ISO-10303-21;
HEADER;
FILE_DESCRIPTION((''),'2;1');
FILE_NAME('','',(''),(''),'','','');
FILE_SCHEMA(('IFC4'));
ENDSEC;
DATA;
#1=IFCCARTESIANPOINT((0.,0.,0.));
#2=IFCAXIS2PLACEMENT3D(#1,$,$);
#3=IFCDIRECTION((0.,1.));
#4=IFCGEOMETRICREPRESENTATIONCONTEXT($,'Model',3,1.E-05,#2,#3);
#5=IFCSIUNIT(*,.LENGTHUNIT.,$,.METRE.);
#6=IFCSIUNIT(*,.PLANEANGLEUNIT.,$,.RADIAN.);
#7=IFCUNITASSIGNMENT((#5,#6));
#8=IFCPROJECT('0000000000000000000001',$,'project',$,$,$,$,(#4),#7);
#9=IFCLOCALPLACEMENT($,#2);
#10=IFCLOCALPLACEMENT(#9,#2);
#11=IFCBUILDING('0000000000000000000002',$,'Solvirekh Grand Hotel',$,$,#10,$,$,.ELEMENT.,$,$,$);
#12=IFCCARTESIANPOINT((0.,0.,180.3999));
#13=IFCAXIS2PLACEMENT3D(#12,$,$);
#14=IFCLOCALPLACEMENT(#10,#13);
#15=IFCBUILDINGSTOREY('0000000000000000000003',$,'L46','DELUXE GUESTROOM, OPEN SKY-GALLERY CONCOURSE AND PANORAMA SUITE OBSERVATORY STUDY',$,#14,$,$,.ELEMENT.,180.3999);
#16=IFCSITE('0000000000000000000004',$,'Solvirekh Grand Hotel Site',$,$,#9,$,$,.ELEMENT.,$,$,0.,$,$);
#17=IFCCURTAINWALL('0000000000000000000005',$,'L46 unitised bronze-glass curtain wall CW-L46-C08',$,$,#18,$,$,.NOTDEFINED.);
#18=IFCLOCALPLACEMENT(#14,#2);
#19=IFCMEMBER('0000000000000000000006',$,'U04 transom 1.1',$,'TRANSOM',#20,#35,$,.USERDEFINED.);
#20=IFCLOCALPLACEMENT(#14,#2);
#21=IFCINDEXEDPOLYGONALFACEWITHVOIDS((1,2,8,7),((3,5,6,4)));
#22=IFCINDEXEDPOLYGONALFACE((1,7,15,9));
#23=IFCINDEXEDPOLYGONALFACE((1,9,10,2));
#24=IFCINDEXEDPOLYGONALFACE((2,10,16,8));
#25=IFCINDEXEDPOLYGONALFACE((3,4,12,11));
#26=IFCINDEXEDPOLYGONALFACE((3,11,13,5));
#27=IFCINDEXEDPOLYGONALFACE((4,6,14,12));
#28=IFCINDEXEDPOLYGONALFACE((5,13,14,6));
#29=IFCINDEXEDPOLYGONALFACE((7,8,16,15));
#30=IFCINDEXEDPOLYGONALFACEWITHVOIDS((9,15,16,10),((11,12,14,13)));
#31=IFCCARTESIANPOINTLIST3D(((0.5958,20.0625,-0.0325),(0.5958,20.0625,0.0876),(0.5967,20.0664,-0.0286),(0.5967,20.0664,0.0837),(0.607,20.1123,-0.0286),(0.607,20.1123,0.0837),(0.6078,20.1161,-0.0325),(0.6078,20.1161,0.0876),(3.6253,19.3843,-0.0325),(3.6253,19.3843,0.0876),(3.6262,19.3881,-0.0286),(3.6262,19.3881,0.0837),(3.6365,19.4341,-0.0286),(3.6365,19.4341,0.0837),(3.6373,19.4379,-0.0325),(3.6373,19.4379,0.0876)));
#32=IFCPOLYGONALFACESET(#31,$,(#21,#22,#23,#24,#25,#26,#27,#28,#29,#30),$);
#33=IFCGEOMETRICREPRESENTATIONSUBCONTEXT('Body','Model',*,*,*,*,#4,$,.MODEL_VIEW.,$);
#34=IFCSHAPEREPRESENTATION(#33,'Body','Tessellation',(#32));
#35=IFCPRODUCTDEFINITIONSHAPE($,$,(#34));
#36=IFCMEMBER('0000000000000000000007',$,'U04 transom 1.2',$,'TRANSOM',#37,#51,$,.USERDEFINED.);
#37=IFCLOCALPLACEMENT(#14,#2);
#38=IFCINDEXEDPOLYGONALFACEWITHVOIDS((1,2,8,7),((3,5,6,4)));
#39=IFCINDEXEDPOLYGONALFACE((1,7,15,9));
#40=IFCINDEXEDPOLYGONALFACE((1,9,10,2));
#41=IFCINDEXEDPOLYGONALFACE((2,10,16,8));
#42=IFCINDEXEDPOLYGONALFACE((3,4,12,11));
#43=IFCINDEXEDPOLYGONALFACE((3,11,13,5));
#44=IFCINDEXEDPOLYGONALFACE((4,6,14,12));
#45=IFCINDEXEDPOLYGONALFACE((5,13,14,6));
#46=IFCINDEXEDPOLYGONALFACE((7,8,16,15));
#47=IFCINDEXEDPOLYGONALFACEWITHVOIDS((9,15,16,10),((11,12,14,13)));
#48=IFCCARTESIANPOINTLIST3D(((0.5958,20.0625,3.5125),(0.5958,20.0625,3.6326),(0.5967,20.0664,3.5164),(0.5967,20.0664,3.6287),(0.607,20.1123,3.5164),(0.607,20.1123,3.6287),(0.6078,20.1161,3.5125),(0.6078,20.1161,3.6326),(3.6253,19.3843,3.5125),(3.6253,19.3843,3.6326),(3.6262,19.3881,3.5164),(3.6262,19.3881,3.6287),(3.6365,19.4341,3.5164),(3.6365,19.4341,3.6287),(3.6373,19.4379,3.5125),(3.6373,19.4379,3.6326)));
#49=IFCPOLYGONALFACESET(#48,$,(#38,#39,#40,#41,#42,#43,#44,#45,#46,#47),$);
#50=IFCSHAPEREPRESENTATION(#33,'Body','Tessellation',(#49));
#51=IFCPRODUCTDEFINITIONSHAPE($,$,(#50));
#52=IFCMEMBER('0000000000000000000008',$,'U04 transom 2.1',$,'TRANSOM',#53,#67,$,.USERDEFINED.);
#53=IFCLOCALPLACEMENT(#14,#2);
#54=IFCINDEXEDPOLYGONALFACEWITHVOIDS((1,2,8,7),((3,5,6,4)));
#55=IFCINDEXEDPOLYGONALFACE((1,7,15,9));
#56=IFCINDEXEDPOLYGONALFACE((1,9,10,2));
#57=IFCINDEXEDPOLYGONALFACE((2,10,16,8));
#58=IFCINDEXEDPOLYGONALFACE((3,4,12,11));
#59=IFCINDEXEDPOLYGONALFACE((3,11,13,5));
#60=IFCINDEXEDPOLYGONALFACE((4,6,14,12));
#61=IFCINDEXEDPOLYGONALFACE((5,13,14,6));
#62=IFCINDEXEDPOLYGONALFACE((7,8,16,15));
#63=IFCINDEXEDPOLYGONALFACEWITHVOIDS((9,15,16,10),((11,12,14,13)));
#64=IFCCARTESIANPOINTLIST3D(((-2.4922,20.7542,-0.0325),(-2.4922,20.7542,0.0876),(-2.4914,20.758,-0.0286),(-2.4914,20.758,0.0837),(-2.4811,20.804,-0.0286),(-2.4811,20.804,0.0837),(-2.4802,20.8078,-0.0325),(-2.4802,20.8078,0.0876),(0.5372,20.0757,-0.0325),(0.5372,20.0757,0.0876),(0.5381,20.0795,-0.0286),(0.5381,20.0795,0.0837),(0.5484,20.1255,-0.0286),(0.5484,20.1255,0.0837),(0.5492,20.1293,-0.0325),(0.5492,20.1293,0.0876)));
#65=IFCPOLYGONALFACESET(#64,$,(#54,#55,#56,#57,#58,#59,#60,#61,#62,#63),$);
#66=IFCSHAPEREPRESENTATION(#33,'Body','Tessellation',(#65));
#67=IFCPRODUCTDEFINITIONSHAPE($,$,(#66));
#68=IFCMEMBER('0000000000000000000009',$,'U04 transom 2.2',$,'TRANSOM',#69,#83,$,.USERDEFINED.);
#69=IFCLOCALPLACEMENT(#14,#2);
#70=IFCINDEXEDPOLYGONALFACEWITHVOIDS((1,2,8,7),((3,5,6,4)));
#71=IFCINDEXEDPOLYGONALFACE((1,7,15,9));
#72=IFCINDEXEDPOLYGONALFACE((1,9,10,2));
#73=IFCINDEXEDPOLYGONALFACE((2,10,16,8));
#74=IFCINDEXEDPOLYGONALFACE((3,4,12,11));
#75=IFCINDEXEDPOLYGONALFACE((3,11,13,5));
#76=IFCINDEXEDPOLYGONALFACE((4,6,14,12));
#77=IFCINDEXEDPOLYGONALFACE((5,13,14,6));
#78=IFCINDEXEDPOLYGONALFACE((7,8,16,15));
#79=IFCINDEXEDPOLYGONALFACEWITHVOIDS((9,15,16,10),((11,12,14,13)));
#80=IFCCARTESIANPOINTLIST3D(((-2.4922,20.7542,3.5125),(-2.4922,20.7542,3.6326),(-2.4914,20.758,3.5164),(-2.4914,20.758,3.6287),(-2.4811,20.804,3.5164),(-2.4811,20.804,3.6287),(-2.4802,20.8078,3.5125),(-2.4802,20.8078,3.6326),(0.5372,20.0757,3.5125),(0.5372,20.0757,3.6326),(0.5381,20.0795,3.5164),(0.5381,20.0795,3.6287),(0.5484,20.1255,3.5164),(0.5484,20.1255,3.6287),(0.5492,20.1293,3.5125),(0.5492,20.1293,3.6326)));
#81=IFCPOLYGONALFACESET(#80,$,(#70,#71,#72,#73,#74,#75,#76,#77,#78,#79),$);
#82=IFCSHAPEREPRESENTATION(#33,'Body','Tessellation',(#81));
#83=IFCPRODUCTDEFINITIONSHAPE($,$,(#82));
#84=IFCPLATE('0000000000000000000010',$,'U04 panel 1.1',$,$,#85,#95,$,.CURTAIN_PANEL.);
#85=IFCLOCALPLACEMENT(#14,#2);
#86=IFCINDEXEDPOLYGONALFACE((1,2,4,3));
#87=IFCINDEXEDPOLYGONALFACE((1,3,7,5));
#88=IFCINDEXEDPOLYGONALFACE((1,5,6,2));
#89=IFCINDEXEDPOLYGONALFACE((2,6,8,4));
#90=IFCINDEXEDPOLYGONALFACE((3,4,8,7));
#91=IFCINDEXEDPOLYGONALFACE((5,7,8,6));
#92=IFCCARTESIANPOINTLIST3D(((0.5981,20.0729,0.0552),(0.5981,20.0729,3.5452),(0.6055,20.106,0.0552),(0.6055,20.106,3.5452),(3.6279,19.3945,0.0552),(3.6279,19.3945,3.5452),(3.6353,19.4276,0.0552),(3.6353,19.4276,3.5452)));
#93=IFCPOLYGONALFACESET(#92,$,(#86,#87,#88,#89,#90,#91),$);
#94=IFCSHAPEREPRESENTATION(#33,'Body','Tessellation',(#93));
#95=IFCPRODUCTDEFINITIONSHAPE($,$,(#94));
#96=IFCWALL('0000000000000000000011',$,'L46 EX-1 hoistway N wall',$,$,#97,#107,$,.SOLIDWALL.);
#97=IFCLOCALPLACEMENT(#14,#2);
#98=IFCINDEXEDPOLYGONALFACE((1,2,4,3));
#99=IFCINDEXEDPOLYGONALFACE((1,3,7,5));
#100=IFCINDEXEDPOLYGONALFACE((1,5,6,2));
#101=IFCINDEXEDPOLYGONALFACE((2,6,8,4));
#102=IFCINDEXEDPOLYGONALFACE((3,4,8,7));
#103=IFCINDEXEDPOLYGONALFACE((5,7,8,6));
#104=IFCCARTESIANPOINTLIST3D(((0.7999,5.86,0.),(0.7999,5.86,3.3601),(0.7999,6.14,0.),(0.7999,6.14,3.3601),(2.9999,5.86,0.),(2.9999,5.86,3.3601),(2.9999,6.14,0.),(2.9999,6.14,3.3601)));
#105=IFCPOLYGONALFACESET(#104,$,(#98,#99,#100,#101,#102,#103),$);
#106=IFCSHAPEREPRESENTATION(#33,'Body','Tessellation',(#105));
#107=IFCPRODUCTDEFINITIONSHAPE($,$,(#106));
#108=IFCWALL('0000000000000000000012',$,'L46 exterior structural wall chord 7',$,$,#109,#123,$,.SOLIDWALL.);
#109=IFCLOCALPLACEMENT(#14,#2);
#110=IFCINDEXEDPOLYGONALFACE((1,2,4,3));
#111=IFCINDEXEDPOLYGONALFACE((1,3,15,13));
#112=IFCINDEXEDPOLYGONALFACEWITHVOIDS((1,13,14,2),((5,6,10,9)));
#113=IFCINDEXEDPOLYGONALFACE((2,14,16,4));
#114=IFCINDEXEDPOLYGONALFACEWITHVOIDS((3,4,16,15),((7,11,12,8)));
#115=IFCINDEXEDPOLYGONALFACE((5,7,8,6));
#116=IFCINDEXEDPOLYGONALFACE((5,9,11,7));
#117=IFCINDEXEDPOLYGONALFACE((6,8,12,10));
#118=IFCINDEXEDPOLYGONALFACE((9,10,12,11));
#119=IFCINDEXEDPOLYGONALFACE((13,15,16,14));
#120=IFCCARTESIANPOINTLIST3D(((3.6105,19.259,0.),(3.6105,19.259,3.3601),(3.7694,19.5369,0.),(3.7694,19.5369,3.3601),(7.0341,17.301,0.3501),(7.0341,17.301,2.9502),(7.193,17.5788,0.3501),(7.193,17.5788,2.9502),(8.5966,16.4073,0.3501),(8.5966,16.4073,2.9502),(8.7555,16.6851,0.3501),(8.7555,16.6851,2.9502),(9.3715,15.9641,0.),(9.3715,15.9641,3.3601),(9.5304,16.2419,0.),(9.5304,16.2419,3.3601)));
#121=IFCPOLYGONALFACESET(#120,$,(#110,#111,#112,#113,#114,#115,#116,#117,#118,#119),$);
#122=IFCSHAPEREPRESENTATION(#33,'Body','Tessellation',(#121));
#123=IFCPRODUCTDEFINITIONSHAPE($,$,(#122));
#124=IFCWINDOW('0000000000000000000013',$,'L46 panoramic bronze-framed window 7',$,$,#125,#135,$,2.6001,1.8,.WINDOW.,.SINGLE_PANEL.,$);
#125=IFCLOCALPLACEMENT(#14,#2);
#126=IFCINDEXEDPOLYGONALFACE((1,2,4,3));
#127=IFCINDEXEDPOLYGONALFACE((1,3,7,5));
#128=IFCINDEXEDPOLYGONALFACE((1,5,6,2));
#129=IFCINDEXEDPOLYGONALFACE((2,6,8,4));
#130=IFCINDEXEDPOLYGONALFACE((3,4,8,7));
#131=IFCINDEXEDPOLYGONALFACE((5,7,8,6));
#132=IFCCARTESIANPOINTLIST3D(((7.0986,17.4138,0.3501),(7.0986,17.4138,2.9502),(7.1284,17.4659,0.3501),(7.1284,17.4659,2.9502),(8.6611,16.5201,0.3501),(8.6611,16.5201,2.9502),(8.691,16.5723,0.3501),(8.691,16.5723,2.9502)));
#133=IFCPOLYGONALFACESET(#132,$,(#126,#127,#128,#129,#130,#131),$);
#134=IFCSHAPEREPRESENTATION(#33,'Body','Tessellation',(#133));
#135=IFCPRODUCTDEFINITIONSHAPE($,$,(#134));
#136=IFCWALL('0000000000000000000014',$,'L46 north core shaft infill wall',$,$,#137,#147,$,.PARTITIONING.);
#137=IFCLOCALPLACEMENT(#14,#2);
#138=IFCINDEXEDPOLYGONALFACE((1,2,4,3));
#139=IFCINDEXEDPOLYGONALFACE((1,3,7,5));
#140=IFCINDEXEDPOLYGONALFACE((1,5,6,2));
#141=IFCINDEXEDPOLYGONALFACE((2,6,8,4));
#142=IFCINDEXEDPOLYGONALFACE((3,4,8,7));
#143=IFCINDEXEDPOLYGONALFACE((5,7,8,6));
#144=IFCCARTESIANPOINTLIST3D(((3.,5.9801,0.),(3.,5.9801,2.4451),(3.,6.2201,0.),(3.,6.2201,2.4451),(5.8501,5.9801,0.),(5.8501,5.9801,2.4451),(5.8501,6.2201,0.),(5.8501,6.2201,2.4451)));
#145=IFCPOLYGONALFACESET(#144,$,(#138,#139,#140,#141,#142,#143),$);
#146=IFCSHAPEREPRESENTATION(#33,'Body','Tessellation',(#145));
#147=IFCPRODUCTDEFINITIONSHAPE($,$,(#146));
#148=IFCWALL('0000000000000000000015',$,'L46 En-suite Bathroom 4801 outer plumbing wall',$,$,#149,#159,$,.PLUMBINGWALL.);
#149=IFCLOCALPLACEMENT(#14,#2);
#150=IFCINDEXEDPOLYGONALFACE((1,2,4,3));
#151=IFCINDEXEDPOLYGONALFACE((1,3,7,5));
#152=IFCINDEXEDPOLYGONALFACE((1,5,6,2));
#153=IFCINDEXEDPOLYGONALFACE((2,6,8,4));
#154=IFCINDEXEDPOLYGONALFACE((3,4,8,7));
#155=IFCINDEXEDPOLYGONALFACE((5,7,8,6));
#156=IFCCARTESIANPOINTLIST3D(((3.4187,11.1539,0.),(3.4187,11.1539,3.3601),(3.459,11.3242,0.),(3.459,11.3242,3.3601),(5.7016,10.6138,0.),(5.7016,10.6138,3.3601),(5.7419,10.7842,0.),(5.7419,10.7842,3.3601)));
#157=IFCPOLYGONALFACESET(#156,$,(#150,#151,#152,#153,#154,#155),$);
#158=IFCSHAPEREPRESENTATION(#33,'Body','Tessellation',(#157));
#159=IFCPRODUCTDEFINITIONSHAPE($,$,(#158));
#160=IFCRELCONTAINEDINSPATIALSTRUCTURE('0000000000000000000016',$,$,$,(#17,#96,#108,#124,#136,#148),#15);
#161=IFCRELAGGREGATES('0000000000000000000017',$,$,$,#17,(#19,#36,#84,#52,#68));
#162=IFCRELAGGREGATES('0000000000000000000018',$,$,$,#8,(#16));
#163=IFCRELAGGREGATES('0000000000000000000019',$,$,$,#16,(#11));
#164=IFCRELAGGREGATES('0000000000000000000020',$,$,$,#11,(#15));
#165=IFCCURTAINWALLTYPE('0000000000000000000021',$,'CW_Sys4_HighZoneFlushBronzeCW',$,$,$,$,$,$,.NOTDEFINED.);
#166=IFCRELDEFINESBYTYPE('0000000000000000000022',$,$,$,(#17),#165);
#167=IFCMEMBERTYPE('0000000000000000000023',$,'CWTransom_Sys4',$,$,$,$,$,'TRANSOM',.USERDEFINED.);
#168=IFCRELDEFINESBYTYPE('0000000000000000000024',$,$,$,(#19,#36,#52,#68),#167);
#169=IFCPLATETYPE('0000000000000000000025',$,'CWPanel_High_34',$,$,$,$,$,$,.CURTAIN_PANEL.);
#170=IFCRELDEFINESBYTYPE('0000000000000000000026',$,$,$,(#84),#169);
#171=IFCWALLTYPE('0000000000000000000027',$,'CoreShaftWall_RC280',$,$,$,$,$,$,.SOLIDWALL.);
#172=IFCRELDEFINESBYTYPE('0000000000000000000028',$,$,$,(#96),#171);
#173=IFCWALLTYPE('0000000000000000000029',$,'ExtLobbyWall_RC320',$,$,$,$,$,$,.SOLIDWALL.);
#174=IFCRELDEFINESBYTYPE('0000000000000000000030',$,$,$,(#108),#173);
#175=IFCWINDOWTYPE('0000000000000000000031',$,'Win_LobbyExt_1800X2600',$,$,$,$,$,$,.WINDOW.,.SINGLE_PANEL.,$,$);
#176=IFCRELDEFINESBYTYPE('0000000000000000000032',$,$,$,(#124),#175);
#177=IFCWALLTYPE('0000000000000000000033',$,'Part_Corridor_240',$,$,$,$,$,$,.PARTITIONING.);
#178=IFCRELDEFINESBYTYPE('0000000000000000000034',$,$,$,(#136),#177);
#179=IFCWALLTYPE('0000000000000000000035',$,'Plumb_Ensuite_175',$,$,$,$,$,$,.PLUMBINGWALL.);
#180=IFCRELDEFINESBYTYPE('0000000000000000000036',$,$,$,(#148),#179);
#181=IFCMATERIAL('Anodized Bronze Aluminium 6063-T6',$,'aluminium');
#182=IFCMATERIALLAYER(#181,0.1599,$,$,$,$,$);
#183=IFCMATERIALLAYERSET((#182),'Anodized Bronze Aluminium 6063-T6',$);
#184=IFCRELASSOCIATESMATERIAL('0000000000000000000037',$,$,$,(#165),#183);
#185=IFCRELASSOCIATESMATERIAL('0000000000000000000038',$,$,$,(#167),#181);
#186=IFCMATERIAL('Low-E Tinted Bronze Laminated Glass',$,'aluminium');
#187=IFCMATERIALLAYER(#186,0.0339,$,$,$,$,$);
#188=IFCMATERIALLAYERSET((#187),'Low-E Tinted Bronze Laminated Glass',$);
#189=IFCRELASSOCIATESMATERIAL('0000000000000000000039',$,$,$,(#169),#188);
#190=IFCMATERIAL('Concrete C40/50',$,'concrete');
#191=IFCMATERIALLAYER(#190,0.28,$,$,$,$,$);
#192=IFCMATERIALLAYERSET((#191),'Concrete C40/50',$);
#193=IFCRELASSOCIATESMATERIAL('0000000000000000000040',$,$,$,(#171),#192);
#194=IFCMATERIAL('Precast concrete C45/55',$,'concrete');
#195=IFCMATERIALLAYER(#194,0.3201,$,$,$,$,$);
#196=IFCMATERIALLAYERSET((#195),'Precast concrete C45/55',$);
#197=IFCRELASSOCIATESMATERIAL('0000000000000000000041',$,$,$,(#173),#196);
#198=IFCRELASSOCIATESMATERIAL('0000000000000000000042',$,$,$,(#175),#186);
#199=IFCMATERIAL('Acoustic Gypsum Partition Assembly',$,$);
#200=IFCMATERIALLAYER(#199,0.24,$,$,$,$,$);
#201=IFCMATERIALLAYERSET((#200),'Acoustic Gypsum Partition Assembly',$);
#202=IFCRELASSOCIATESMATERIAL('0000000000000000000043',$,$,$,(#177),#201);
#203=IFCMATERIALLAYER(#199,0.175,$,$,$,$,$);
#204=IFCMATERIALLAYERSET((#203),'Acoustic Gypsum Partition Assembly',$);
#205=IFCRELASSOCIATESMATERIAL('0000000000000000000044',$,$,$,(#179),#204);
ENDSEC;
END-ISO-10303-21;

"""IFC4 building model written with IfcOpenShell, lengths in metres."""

from ifc_helpers import new_model, si_unit, direction, frame, frame_2d, origin, origin_2d, place, context, subcontext, project, spatial, rectangle, hollow_rectangle, extrude, source, transform, mapped, material, layer, layer_set, material_profile, profile_set, type_object, element, fill, aggregate, save


model = new_model("IFC4")

# Units and contexts
model_context = context("Model", 3, precision=1e-05, world=origin(), true_north=direction((0.0, 1.0)))
body_context = subcontext(model_context, "Body", "Model", "MODEL_VIEW")
ifc_project = project(units=[si_unit("LENGTHUNIT", "METRE"), si_unit("PLANEANGLEUNIT", "RADIAN")], contexts=[model_context])

# Site, building, storey
site_placement = place(None, origin())
site = spatial("IfcSite", under=ifc_project, at=site_placement, Name="Solvirekh Grand Hotel Site", CompositionType="ELEMENT", RefElevation=0.0)
building_placement = place(site_placement, origin())
building = spatial("IfcBuilding", under=site, at=building_placement, Name="Solvirekh Grand Hotel", CompositionType="ELEMENT")
storey_placement = place(building_placement, frame((0.0, 0.0, 180.3999)))
storey = spatial("IfcBuildingStorey", under=building, at=storey_placement, Name="L46", Description="DELUXE GUESTROOM, OPEN SKY-GALLERY CONCOURSE AND PANORAMA SUITE OBSERVATORY STUDY", CompositionType="ELEMENT", Elevation=180.3999)

# Curtain wall, members, plate
ifc_material_1 = material(Name="Anodized Bronze Aluminium 6063-T6", Category="aluminium")
ifc_layer_1 = layer(ifc_material_1, 0.1599)
ifc_layer_set_1 = layer_set([ifc_layer_1], Name="Anodized Bronze Aluminium 6063-T6")
curtain_wall_type = type_object("IfcCurtainWallType", Name="CW_Sys4_HighZoneFlushBronzeCW", PredefinedType="NOTDEFINED", material=ifc_layer_set_1)
curtain_wall_placement = place(storey_placement, origin())
curtain_wall = element("IfcCurtainWall", 1, at=curtain_wall_placement, inside=storey, type_object=curtain_wall_type, Name="L46 unitised bronze-glass curtain wall CW-L46-C08", PredefinedType="NOTDEFINED")
ifc_material_profile_1 = material_profile(ifc_material_1, hollow_rectangle(XDim=0.0549, YDim=0.1201, WallThickness=0.0039, at=origin_2d()), Name="ALU RHS 120X55X4")
ifc_profile_set_1 = profile_set([ifc_material_profile_1], Name="Anodized Bronze Aluminium 6063-T6")
member_type_1 = type_object("IfcMemberType", Name="CWTransom_Sys4", ElementType="TRANSOM", PredefinedType="USERDEFINED", material=ifc_profile_set_1)
shared_shape_1 = source(origin(), body_context, "Body", "SweptSolid", [
    extrude(hollow_rectangle(XDim=0.0549, YDim=0.1201, WallThickness=0.0039, at=origin_2d()), origin(), (0.0, 0.0, 1.0), 3.1045),
])
member_1_placement = place(storey_placement, frame((3.6313, 19.4111, 0.0276), z_axis=(-0.975845, 0.218462, 0.0), x_axis=(-0.218462, -0.975845, 0.0)))
member_1 = element("IfcMember", 2, at=member_1_placement, type_object=member_type_1, Name="U04 transom 1.1", ObjectType="TRANSOM", PredefinedType="USERDEFINED", context=body_context, shape_type="MappedRepresentation", body=[
    mapped(shared_shape_1, transform((0.0, 0.0, 0.0), x_axis=(1.0, 0.0, 0.0), y_axis=(0.0, 1.0, 0.0), z_axis=(0.0, 0.0, 1.0), scale=1.0)),
])
member_2_placement = place(storey_placement, frame((3.6313, 19.4111, 3.5725), z_axis=(-0.975845, 0.218462, 0.0), x_axis=(-0.218462, -0.975845, 0.0)))
member_2 = element("IfcMember", 3, at=member_2_placement, type_object=member_type_1, Name="U04 transom 1.2", ObjectType="TRANSOM", PredefinedType="USERDEFINED", context=body_context, shape_type="MappedRepresentation", body=[
    mapped(shared_shape_1, transform((0.0, 0.0, 0.0), x_axis=(1.0, 0.0, 0.0), y_axis=(0.0, 1.0, 0.0), z_axis=(0.0, 0.0, 1.0), scale=1.0)),
])
member_3_placement = place(storey_placement, frame((0.5432, 20.1025, 0.0276), z_axis=(-0.975829, 0.218537, 0.0), x_axis=(-0.218537, -0.975829, 0.0)))
member_3 = element("IfcMember", 4, at=member_3_placement, type_object=member_type_1, Name="U04 transom 2.1", ObjectType="TRANSOM", PredefinedType="USERDEFINED", context=body_context, shape_type="MappedRepresentation", body=[
    mapped(shared_shape_1, transform((0.0, 0.0, 0.0), x_axis=(1.0, 0.0, 0.0), y_axis=(0.0, 1.0, 0.0), z_axis=(0.0, 0.0, 1.0), scale=1.0)),
])
member_4_placement = place(storey_placement, frame((0.5432, 20.1025, 3.5725), z_axis=(-0.975829, 0.218537, 0.0), x_axis=(-0.218537, -0.975829, 0.0)))
member_4 = element("IfcMember", 5, at=member_4_placement, type_object=member_type_1, Name="U04 transom 2.2", ObjectType="TRANSOM", PredefinedType="USERDEFINED", context=body_context, shape_type="MappedRepresentation", body=[
    mapped(shared_shape_1, transform((0.0, 0.0, 0.0), x_axis=(1.0, 0.0, 0.0), y_axis=(0.0, 1.0, 0.0), z_axis=(0.0, 0.0, 1.0), scale=1.0)),
])
ifc_material_2 = material(Name="Low-E Tinted Bronze Laminated Glass", Category="aluminium")
ifc_layer_2 = layer(ifc_material_2, 0.0339)
ifc_layer_set_2 = layer_set([ifc_layer_2], Name="Low-E Tinted Bronze Laminated Glass")
plate_type = type_object("IfcPlateType", Name="CWPanel_High_34", PredefinedType="CURTAIN_PANEL", material=ifc_layer_set_2)
shared_shape_2 = source(origin(), body_context, "Body", "SweptSolid", [
    extrude(rectangle(XDim=3.1047, YDim=0.0339, at=origin_2d()), origin(), (0.0, 0.0, 1.0), 3.49),
])
plate_placement = place(storey_placement, frame((2.1167, 19.7502, 0.0552), z_axis=(0.0, 0.0, 1.0), x_axis=(-0.97584, 0.218488, 0.0)))
plate = element("IfcPlate", 6, at=plate_placement, type_object=plate_type, Name="U04 panel 1.1", PredefinedType="CURTAIN_PANEL", context=body_context, shape_type="MappedRepresentation", body=[
    mapped(shared_shape_2, transform((0.0, 0.0, 0.0), x_axis=(1.0, 0.0, 0.0), y_axis=(0.0, 1.0, 0.0), z_axis=(0.0, 0.0, 1.0), scale=1.0)),
])
aggregate(curtain_wall, [member_1, member_2, plate, member_3, member_4])

# Wall
ifc_material_3 = material(Name="Concrete C40/50", Category="concrete")
ifc_layer_3 = layer(ifc_material_3, 0.28)
ifc_layer_set_3 = layer_set([ifc_layer_3], Name="Concrete C40/50")
wall_type_1 = type_object("IfcWallType", Name="CoreShaftWall_RC280", PredefinedType="SOLIDWALL", material=ifc_layer_set_3)
wall_1_placement = place(storey_placement, frame((3.0, 6.0, 0.0), z_axis=(0.0, 0.0, 1.0), x_axis=(-1.0, 0.0, 0.0)))
element("IfcWall", 7, at=wall_1_placement, inside=storey, type_object=wall_type_1, Name="L46 EX-1 hoistway N wall", PredefinedType="SOLIDWALL", context=body_context, shape_type="SweptSolid", body=[
    extrude(rectangle(XDim=2.2, YDim=0.28, at=frame_2d((1.1001, 0.0))), origin(), (0.0, 0.0, 1.0), 3.3601),
])

# Wall, opening, window
ifc_material_4 = material(Name="Precast concrete C45/55", Category="concrete")
ifc_layer_4 = layer(ifc_material_4, 0.3201)
ifc_layer_set_4 = layer_set([ifc_layer_4], Name="Precast concrete C45/55")
wall_type_2 = type_object("IfcWallType", Name="ExtLobbyWall_RC320", PredefinedType="SOLIDWALL", material=ifc_layer_set_4)
wall_2_placement = place(storey_placement, frame((3.6899, 19.3979, 0.0), z_axis=(0.0, 0.0, 1.0), x_axis=(0.868053, -0.496472, 0.0)))
wall_2 = element("IfcWall", 8, at=wall_2_placement, inside=storey, type_object=wall_type_2, Name="L46 exterior structural wall chord 7", PredefinedType="SOLIDWALL", context=body_context, shape_type="SweptSolid", body=[
    extrude(rectangle(XDim=6.6367, YDim=0.3201, at=frame_2d((3.3184, 0.0))), origin(), (0.0, 0.0, 1.0), 3.3601),
])
opening_1_placement = place(wall_2_placement, frame((3.9441, 0.0, 0.3501)))
opening_1 = element("IfcOpeningElement", 9, at=opening_1_placement, cuts=wall_2, PredefinedType="OPENING", context=body_context, shape_type="SweptSolid", body=[
    extrude(rectangle(XDim=1.8, YDim=2.6001, at=frame_2d((0.8999, 1.3))), frame((0.0, 0.1699, 0.0), z_axis=(0.0, -1.0, 0.0), x_axis=(1.0, 0.0, 0.0)), (0.0, 0.0, 1.0), 0.3401),
])
window_type = type_object("IfcWindowType", Name="Win_LobbyExt_1800X2600", PartitioningType="SINGLE_PANEL", PredefinedType="WINDOW", material=ifc_material_2)
window_placement = place(opening_1_placement, origin())
window = element("IfcWindow", 10, at=window_placement, inside=storey, type_object=window_type, Name="L46 panoramic bronze-framed window 7", OverallHeight=2.6001, OverallWidth=1.8, PartitioningType="SINGLE_PANEL", PredefinedType="WINDOW", context=body_context, shape_type="SweptSolid", body=[
    extrude(rectangle(XDim=1.8, YDim=2.6001, at=frame_2d((0.8999, 1.3))), frame((0.0, 0.03, 0.0), z_axis=(0.0, -1.0, 0.0), x_axis=(1.0, 0.0, 0.0)), (0.0, 0.0, 1.0), 0.0601),
])
fill(opening_1, window)

# Walls
ifc_material_5 = material(Name="Acoustic Gypsum Partition Assembly")
ifc_layer_5 = layer(ifc_material_5, 0.24)
ifc_layer_set_5 = layer_set([ifc_layer_5], Name="Acoustic Gypsum Partition Assembly")
wall_type_3 = type_object("IfcWallType", Name="Part_Corridor_240", PredefinedType="PARTITIONING", material=ifc_layer_set_5)
wall_3_placement = place(storey_placement, frame((3.0, 6.1001, 0.0), z_axis=(0.0, 0.0, 1.0), x_axis=(1.0, 0.0, 0.0)))
element("IfcWall", 11, at=wall_3_placement, inside=storey, type_object=wall_type_3, Name="L46 north core shaft infill wall", PredefinedType="PARTITIONING", context=body_context, shape_type="SweptSolid", body=[
    extrude(rectangle(XDim=2.8501, YDim=0.24, at=frame_2d((1.425, 0.0))), origin(), (0.0, 0.0, 1.0), 2.4451),
])
ifc_layer_6 = layer(ifc_material_5, 0.175)
ifc_layer_set_6 = layer_set([ifc_layer_6], Name="Acoustic Gypsum Partition Assembly")
wall_type_4 = type_object("IfcWallType", Name="Plumb_Ensuite_175", PredefinedType="PLUMBINGWALL", material=ifc_layer_set_6)
wall_4_placement = place(storey_placement, frame((3.439, 11.239, 0.0), z_axis=(0.0, 0.0, 1.0), x_axis=(0.973144, -0.230199, 0.0)))
element("IfcWall", 12, at=wall_4_placement, inside=storey, type_object=wall_type_4, Name="L46 En-suite Bathroom 4801 outer plumbing wall", PredefinedType="PLUMBINGWALL", context=body_context, shape_type="SweptSolid", body=[
    extrude(rectangle(XDim=2.3459, YDim=0.175, at=frame_2d((1.1729, 0.0))), origin(), (0.0, 0.0, 1.0), 3.3601),
])

save(model, "model.ifc")
